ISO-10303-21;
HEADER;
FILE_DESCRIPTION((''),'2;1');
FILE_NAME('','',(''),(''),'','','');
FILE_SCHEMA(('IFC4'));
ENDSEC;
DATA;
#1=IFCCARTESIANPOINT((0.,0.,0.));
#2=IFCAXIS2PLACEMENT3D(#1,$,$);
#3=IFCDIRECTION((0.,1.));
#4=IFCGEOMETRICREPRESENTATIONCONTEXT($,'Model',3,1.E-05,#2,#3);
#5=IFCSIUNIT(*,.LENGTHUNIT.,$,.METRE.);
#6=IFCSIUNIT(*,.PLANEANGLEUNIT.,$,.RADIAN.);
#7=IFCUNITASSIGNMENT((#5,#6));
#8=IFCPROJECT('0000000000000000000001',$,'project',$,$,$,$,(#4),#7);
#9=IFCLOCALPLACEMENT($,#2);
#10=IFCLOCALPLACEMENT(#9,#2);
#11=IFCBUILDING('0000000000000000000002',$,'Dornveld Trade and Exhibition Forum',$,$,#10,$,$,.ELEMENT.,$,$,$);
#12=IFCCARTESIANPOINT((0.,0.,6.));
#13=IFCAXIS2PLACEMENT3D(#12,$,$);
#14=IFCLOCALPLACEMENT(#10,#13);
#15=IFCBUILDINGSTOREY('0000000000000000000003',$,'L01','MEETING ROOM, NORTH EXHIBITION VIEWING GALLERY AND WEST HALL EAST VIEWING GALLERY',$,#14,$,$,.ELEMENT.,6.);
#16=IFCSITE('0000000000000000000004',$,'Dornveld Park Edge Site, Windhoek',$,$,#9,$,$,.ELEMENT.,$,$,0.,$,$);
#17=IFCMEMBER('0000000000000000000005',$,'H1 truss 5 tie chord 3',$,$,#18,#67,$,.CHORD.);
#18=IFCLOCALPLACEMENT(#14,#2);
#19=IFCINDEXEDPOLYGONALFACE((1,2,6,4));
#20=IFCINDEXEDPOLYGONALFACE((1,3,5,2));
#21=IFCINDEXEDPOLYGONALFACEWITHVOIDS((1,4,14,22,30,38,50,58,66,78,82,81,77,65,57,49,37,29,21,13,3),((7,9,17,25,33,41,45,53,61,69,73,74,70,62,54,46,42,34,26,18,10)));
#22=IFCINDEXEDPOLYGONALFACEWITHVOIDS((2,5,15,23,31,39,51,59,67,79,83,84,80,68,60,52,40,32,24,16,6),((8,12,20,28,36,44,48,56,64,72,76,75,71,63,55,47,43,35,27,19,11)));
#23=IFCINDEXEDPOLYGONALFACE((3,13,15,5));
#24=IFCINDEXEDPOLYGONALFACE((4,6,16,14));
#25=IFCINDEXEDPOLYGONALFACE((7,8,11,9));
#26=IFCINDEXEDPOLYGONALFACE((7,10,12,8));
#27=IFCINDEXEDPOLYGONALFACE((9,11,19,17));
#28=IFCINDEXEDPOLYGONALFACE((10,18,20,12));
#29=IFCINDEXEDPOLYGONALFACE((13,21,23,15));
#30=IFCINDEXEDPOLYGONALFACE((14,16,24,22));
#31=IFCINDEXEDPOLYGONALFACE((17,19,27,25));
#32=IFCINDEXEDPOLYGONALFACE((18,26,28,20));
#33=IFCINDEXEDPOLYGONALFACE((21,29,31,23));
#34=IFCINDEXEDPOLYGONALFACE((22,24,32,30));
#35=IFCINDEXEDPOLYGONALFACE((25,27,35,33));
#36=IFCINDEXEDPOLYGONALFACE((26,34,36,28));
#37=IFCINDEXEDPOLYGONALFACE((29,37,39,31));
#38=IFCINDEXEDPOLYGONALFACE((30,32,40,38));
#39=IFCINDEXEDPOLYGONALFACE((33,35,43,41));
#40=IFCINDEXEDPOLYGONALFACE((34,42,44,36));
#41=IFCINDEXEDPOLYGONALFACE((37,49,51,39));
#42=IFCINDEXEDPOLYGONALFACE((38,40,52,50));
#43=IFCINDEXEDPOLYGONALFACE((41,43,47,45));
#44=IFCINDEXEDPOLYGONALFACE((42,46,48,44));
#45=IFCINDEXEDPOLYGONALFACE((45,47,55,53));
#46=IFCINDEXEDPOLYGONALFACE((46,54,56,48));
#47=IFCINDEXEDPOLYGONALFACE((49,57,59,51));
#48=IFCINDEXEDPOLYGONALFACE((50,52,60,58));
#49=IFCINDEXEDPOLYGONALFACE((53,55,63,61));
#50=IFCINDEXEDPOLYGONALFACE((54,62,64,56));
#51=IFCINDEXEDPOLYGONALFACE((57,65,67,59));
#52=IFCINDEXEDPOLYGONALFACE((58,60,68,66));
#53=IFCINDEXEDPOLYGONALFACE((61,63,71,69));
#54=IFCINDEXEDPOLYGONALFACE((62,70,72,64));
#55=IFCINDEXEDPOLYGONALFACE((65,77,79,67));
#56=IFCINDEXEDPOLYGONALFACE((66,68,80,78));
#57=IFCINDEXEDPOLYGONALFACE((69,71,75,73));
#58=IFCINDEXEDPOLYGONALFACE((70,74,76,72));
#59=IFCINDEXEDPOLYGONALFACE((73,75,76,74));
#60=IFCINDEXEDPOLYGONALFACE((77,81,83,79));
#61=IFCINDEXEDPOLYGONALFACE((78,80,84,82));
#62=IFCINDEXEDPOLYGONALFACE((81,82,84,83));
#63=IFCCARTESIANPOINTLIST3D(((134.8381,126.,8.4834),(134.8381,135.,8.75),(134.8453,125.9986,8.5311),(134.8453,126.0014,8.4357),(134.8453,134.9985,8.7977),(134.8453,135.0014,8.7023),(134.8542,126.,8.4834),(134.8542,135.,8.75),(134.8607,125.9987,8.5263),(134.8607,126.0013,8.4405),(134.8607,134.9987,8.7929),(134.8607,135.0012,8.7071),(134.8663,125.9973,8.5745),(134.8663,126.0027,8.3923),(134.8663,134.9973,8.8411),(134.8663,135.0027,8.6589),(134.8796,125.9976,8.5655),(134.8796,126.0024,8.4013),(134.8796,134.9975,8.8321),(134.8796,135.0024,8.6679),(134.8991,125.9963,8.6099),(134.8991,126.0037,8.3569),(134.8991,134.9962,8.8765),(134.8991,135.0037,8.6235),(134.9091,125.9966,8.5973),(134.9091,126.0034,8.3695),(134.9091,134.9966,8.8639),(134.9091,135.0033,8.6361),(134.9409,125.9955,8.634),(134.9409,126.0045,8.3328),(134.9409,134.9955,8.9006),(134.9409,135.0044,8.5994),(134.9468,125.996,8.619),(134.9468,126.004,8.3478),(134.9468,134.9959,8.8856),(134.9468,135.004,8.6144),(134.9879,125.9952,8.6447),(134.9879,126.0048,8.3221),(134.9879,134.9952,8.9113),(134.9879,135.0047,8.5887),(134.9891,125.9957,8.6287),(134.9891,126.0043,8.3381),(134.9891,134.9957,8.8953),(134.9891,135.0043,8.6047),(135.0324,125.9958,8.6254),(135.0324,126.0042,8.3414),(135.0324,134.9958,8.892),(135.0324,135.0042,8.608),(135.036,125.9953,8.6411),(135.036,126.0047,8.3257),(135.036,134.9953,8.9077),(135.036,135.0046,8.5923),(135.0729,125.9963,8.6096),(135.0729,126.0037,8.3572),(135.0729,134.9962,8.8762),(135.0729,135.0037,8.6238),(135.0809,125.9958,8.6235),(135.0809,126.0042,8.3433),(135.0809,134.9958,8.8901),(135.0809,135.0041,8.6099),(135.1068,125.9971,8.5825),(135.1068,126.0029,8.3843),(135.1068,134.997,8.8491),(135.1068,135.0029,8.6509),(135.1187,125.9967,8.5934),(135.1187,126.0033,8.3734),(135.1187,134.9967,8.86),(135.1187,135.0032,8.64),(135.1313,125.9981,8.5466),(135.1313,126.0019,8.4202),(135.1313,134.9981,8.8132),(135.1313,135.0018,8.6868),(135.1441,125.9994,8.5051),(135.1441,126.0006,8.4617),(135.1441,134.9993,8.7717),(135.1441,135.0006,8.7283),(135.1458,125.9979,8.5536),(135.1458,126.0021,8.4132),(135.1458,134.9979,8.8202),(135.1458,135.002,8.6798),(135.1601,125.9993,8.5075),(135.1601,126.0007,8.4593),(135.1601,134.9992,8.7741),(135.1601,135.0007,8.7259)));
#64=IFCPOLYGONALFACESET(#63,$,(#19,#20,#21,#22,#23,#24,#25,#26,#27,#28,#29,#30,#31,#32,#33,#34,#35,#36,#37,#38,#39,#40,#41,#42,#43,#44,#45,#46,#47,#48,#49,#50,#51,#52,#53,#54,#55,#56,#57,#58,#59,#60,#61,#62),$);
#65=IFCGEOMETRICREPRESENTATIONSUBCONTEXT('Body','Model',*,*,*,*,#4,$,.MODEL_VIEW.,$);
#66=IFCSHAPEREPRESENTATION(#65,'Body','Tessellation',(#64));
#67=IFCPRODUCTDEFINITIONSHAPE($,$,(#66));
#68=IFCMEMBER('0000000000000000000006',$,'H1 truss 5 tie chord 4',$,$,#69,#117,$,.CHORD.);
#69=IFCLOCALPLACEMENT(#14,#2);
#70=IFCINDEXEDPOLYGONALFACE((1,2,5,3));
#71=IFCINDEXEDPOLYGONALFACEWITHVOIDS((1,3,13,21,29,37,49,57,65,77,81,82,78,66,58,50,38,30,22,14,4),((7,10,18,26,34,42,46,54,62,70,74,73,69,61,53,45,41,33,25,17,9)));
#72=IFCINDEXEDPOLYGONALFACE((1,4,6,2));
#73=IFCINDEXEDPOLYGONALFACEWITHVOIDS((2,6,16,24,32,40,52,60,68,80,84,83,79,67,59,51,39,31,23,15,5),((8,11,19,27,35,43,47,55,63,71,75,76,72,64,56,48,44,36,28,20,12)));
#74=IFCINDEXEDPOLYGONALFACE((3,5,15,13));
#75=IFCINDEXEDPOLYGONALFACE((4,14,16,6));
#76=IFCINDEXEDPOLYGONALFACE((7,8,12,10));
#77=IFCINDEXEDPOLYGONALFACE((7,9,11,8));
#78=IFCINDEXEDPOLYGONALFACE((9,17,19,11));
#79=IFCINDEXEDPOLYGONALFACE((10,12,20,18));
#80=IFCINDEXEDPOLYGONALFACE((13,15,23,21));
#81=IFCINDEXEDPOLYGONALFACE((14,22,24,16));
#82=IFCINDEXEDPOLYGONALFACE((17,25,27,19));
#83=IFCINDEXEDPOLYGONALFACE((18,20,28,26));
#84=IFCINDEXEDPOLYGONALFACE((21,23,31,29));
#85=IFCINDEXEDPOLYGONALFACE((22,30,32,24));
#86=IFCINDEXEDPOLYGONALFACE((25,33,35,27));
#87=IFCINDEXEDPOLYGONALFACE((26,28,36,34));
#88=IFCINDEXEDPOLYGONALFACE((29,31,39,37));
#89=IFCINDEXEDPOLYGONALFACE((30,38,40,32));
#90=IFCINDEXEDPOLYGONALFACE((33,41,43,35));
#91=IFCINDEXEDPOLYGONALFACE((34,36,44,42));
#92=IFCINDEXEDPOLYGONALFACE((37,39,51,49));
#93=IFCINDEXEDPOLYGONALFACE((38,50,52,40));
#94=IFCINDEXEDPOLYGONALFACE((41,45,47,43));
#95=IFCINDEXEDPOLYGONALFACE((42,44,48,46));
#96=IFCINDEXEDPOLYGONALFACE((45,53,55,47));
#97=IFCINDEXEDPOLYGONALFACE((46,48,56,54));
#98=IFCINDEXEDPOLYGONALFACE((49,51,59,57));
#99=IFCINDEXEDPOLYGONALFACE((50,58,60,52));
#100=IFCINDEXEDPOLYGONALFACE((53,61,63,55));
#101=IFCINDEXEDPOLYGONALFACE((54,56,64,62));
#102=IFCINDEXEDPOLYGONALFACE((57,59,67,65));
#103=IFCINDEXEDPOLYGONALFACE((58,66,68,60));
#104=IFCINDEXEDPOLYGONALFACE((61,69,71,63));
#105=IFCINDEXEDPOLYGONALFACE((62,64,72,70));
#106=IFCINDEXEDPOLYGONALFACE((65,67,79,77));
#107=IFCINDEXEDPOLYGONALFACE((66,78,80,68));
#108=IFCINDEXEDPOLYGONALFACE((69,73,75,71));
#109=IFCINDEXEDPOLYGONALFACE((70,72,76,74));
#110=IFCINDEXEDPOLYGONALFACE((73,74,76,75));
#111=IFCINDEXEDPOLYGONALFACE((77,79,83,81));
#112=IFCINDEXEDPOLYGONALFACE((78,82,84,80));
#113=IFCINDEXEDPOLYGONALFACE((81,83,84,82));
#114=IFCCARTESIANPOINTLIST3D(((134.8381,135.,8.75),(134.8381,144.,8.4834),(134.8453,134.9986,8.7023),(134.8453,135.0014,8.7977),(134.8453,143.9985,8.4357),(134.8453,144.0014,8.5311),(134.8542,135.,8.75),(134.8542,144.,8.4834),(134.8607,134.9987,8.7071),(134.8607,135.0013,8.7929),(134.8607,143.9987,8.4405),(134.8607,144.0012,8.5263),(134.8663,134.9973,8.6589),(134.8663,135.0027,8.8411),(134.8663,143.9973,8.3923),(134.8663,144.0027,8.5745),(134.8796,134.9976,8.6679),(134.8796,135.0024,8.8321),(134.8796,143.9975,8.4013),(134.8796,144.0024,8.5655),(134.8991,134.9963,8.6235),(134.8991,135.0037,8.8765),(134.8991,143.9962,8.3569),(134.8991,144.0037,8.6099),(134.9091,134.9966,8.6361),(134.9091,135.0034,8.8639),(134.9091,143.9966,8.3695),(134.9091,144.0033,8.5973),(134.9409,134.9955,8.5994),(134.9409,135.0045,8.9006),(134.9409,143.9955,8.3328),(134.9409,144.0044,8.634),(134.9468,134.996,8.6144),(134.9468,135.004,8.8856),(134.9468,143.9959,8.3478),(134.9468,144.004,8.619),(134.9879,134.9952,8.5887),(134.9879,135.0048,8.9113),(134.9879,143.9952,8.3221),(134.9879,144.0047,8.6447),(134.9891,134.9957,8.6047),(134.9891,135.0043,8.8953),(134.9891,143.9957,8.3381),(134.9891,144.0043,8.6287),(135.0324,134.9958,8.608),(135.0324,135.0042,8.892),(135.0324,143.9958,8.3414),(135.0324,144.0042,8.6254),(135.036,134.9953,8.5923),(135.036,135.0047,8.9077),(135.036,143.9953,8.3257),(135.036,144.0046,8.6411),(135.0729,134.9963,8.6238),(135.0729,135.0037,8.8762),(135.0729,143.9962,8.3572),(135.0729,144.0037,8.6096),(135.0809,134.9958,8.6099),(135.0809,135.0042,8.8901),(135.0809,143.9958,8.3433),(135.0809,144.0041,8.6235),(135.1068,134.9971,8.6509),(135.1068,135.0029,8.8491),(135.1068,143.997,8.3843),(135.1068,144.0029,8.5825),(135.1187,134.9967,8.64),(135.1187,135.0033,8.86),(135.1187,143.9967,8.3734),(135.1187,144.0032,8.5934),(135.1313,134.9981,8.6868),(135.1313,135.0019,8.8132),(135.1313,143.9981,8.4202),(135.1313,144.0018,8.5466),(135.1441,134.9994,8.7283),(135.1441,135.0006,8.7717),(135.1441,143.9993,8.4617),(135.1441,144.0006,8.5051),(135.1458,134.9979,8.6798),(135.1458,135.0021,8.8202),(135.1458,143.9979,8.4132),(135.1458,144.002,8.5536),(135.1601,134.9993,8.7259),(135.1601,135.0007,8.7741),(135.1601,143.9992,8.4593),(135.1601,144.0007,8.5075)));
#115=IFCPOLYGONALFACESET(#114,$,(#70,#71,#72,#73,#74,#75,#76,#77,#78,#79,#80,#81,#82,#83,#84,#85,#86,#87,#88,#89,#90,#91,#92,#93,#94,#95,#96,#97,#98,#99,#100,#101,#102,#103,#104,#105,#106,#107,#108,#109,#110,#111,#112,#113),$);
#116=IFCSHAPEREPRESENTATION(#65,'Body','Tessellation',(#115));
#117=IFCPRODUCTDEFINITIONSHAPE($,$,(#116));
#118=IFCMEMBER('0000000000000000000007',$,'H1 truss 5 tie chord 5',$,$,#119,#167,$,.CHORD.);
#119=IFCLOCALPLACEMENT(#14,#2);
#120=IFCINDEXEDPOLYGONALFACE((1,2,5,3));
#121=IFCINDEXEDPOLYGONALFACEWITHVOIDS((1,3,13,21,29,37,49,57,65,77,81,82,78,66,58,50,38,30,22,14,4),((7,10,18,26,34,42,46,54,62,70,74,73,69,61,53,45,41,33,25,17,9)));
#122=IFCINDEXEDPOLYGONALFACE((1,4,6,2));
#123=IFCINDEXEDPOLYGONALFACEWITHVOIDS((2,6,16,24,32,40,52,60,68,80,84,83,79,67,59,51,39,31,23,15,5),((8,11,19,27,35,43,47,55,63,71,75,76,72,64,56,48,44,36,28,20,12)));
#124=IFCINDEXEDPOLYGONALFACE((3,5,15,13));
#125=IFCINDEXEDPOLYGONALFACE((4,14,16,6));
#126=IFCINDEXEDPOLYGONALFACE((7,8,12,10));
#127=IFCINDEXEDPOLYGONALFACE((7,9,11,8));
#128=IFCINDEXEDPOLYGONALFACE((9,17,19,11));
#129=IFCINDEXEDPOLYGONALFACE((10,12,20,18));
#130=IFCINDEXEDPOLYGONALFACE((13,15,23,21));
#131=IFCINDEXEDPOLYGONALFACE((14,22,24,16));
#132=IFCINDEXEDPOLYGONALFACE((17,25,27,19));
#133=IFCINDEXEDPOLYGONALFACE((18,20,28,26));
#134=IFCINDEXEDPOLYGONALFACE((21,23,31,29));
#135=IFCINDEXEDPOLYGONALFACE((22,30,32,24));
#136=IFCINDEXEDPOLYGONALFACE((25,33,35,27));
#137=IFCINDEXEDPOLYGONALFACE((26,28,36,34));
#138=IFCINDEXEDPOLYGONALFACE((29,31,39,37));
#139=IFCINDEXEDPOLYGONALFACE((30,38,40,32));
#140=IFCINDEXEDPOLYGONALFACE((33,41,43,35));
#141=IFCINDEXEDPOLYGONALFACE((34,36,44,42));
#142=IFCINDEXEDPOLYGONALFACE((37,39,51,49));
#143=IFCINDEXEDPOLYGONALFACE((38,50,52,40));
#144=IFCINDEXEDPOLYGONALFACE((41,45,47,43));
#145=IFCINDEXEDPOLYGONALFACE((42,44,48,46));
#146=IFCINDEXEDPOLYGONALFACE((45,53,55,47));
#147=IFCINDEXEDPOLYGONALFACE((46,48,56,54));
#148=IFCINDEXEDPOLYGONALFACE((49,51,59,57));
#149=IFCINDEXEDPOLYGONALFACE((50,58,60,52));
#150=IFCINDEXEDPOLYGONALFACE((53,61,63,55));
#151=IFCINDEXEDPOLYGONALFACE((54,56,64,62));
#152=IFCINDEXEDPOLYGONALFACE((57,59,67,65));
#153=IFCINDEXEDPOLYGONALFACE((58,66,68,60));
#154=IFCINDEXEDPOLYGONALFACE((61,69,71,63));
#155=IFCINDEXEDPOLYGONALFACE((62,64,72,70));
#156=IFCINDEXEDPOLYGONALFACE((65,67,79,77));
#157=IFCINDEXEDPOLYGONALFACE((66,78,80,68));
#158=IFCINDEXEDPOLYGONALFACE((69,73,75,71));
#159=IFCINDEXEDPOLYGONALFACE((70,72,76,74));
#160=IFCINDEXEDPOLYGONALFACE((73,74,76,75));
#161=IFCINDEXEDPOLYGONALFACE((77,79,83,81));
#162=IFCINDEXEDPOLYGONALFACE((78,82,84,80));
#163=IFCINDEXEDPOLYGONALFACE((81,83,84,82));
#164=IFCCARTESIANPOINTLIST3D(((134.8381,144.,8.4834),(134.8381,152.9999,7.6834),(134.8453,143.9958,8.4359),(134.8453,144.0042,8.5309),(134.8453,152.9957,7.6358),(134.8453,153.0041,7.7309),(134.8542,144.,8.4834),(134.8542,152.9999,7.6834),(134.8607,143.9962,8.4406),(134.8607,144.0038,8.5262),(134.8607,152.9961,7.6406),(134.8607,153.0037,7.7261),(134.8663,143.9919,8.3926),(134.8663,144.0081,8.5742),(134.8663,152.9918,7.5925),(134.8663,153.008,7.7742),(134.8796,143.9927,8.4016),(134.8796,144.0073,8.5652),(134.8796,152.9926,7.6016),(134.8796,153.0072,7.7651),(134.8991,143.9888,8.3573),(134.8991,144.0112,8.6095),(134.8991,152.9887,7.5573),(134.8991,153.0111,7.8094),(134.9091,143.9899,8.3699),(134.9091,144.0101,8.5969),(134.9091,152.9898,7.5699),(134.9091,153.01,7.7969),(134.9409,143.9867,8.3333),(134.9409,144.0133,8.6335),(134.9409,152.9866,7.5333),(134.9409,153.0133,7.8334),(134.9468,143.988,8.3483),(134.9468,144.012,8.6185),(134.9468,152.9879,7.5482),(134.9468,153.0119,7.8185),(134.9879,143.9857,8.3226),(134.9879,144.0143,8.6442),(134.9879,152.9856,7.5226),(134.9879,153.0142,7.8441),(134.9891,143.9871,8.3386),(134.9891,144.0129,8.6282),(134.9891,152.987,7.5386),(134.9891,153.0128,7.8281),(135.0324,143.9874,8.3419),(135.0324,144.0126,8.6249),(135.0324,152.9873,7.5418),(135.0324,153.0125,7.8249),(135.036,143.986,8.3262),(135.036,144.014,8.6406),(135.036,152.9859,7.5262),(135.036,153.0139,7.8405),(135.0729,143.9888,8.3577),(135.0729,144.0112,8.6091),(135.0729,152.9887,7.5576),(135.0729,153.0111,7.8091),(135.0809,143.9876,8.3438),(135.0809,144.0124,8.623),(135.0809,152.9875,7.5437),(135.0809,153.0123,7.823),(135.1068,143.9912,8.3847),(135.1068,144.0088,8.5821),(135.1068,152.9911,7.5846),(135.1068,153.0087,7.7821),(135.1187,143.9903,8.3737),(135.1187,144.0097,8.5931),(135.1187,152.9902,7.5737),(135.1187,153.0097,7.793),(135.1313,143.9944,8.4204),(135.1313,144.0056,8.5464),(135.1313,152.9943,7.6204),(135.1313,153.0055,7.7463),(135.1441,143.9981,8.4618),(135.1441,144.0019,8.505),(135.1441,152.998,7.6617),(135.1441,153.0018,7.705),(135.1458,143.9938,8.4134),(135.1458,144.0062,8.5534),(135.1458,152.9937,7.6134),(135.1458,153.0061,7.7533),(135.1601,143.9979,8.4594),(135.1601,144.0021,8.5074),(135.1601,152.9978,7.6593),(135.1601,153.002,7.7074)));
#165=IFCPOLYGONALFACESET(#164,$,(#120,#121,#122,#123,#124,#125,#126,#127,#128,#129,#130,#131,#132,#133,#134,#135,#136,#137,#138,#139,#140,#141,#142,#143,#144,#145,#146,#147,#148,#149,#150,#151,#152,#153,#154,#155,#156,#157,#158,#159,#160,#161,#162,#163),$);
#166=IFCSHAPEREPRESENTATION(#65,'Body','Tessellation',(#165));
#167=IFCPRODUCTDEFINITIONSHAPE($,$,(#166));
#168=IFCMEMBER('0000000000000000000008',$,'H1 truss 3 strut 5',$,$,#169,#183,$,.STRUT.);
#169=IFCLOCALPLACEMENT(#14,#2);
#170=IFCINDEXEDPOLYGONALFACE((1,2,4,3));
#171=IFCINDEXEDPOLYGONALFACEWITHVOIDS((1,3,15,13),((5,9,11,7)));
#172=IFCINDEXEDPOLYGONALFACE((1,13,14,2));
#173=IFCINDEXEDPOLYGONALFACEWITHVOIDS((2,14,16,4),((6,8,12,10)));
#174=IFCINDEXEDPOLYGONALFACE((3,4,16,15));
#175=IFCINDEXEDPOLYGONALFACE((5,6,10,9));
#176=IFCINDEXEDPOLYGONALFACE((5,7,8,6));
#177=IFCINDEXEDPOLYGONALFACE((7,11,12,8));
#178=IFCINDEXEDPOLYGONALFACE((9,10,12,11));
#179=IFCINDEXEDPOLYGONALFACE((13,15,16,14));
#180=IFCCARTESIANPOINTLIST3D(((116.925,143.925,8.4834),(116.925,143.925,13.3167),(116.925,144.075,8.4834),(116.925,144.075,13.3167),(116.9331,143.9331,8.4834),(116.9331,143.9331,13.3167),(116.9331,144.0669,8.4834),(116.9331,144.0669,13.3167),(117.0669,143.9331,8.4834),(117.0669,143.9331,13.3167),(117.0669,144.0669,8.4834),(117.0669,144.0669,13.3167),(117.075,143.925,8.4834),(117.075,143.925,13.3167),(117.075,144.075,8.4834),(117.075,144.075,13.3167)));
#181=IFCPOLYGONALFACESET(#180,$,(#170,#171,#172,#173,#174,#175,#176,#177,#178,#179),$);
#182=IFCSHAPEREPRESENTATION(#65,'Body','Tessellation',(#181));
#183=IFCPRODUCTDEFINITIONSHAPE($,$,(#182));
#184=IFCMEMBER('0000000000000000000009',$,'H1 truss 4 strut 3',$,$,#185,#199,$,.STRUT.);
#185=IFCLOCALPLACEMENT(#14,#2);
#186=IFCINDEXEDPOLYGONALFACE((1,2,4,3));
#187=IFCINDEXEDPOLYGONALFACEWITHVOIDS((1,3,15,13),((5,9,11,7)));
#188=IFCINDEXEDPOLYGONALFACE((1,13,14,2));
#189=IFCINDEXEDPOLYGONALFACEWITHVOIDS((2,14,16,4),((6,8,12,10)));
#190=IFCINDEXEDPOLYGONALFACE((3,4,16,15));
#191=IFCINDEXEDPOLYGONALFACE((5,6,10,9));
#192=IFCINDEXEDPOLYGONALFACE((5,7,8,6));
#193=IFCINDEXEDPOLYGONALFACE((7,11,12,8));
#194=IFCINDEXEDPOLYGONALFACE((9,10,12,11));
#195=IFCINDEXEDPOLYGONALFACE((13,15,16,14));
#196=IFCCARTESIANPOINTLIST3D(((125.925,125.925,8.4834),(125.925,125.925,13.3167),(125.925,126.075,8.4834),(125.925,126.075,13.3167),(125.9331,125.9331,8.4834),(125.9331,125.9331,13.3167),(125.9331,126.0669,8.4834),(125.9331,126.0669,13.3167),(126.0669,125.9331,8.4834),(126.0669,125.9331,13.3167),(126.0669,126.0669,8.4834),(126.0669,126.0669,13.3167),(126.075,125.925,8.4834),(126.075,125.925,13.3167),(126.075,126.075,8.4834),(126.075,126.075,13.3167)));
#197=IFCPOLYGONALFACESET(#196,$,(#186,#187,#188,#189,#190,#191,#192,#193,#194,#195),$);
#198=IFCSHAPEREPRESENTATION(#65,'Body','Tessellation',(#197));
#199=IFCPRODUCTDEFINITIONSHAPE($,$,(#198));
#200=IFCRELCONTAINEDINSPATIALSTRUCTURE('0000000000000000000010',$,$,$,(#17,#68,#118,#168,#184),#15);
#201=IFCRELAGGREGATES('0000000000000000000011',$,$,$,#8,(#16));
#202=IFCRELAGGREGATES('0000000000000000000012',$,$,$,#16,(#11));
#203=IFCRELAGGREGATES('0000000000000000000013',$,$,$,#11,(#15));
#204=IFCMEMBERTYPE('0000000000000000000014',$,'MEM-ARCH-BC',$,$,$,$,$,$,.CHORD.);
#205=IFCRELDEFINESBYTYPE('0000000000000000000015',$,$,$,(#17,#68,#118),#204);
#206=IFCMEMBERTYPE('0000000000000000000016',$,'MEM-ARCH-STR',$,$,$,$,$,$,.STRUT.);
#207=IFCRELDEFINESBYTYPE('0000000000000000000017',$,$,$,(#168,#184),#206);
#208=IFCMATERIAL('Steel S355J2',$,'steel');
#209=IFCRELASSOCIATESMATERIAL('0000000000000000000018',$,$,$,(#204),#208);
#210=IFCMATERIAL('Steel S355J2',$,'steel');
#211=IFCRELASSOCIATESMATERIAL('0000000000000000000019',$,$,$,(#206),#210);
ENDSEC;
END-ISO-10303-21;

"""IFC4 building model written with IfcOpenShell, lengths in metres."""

from ifc_helpers import new_model, si_unit, direction, frame, origin, origin_2d, place, context, subcontext, project, spatial, hollow_rectangle, hollow_circle, extrude, material, material_profile, profile_set, type_object, element, save


model = new_model("IFC4")

# Units and contexts
model_context = context("Model", 3, precision=1e-05, world=origin(), true_north=direction((0.0, 1.0)))
body_context = subcontext(model_context, "Body", "Model", "MODEL_VIEW")
ifc_project = project(units=[si_unit("LENGTHUNIT", "METRE"), si_unit("PLANEANGLEUNIT", "RADIAN")], contexts=[model_context])

# Site, building, storey
site_placement = place(None, origin())
site = spatial("IfcSite", under=ifc_project, at=site_placement, Name="Dornveld Park Edge Site, Windhoek", CompositionType="ELEMENT", RefElevation=0.0)
building_placement = place(site_placement, origin())
building = spatial("IfcBuilding", under=site, at=building_placement, Name="Dornveld Trade and Exhibition Forum", CompositionType="ELEMENT")
storey_placement = place(building_placement, frame((0.0, 0.0, 6.0)))
storey = spatial("IfcBuildingStorey", under=building, at=storey_placement, Name="L01", Description="MEETING ROOM, NORTH EXHIBITION VIEWING GALLERY AND WEST HALL EAST VIEWING GALLERY", CompositionType="ELEMENT", Elevation=6.0)

# Members
ifc_material_1 = material(Name="Steel S355J2", Category="steel")
ifc_material_profile_1 = material_profile(ifc_material_1, hollow_circle(Radius=0.1619, WallThickness=0.0161, at=origin_2d()), Name="CHS 323.9x16")
ifc_profile_set_1 = profile_set([ifc_material_profile_1], Name="Steel S355J2")
member_type_1 = type_object("IfcMemberType", Name="MEM-ARCH-BC", PredefinedType="CHORD", material=ifc_profile_set_1)
for number, where, z_axis, x_axis, name in (
    (1, (135.0, 126.0, 8.4834), (0.0, 0.999562, 0.029609), (-1.0, 0.0, 0.0), "H1 truss 5 tie chord 3"),
    (2, (135.0, 135.0, 8.75), (0.0, 0.999562, -0.029609), (-1.0, 0.0, 0.0), "H1 truss 5 tie chord 4"),
):
    element("IfcMember", number, at=place(storey_placement, frame(where, z_axis=z_axis, x_axis=x_axis)), inside=storey, type_object=member_type_1, Name=name, PredefinedType="CHORD", context=body_context, shape_type="SweptSolid", body=[
        extrude(hollow_circle(Radius=0.1619, WallThickness=0.0161, at=origin_2d()), origin(), (0.0, 0.0, 1.0), 9.0039),
    ])
member_1_placement = place(storey_placement, frame((135.0, 144.0, 8.4834), z_axis=(0.0, 0.996072, -0.088545), x_axis=(-1.0, 0.0, 0.0)))
element("IfcMember", 3, at=member_1_placement, inside=storey, type_object=member_type_1, Name="H1 truss 5 tie chord 5", PredefinedType="CHORD", context=body_context, shape_type="SweptSolid", body=[
    extrude(hollow_circle(Radius=0.1619, WallThickness=0.0161, at=origin_2d()), origin(), (0.0, 0.0, 1.0), 9.0354),
])
ifc_material_2 = material(Name="Steel S355J2", Category="steel")
ifc_material_profile_2 = material_profile(ifc_material_2, hollow_rectangle(XDim=0.1499, YDim=0.1499, WallThickness=0.0081, at=origin_2d()), Name="SHS 150x150x8")
ifc_profile_set_2 = profile_set([ifc_material_profile_2], Name="Steel S355J2")
member_type_2 = type_object("IfcMemberType", Name="MEM-ARCH-STR", PredefinedType="STRUT", material=ifc_profile_set_2)
for number, where, z_axis, x_axis, name in (
    (4, (117.0, 144.0, 8.4834), (0.0, 0.0, 1.0), (1.0, 0.0, 0.0), "H1 truss 3 strut 5"),
    (5, (126.0, 126.0, 8.4834), (0.0, 0.0, 1.0), (1.0, 0.0, 0.0), "H1 truss 4 strut 3"),
):
    element("IfcMember", number, at=place(storey_placement, frame(where, z_axis=z_axis, x_axis=x_axis)), inside=storey, type_object=member_type_2, Name=name, PredefinedType="STRUT", context=body_context, shape_type="SweptSolid", body=[
        extrude(hollow_rectangle(XDim=0.1499, YDim=0.1499, WallThickness=0.0081, at=origin_2d()), origin(), (0.0, 0.0, 1.0), 4.8333),
    ])

save(model, "model.ifc")
